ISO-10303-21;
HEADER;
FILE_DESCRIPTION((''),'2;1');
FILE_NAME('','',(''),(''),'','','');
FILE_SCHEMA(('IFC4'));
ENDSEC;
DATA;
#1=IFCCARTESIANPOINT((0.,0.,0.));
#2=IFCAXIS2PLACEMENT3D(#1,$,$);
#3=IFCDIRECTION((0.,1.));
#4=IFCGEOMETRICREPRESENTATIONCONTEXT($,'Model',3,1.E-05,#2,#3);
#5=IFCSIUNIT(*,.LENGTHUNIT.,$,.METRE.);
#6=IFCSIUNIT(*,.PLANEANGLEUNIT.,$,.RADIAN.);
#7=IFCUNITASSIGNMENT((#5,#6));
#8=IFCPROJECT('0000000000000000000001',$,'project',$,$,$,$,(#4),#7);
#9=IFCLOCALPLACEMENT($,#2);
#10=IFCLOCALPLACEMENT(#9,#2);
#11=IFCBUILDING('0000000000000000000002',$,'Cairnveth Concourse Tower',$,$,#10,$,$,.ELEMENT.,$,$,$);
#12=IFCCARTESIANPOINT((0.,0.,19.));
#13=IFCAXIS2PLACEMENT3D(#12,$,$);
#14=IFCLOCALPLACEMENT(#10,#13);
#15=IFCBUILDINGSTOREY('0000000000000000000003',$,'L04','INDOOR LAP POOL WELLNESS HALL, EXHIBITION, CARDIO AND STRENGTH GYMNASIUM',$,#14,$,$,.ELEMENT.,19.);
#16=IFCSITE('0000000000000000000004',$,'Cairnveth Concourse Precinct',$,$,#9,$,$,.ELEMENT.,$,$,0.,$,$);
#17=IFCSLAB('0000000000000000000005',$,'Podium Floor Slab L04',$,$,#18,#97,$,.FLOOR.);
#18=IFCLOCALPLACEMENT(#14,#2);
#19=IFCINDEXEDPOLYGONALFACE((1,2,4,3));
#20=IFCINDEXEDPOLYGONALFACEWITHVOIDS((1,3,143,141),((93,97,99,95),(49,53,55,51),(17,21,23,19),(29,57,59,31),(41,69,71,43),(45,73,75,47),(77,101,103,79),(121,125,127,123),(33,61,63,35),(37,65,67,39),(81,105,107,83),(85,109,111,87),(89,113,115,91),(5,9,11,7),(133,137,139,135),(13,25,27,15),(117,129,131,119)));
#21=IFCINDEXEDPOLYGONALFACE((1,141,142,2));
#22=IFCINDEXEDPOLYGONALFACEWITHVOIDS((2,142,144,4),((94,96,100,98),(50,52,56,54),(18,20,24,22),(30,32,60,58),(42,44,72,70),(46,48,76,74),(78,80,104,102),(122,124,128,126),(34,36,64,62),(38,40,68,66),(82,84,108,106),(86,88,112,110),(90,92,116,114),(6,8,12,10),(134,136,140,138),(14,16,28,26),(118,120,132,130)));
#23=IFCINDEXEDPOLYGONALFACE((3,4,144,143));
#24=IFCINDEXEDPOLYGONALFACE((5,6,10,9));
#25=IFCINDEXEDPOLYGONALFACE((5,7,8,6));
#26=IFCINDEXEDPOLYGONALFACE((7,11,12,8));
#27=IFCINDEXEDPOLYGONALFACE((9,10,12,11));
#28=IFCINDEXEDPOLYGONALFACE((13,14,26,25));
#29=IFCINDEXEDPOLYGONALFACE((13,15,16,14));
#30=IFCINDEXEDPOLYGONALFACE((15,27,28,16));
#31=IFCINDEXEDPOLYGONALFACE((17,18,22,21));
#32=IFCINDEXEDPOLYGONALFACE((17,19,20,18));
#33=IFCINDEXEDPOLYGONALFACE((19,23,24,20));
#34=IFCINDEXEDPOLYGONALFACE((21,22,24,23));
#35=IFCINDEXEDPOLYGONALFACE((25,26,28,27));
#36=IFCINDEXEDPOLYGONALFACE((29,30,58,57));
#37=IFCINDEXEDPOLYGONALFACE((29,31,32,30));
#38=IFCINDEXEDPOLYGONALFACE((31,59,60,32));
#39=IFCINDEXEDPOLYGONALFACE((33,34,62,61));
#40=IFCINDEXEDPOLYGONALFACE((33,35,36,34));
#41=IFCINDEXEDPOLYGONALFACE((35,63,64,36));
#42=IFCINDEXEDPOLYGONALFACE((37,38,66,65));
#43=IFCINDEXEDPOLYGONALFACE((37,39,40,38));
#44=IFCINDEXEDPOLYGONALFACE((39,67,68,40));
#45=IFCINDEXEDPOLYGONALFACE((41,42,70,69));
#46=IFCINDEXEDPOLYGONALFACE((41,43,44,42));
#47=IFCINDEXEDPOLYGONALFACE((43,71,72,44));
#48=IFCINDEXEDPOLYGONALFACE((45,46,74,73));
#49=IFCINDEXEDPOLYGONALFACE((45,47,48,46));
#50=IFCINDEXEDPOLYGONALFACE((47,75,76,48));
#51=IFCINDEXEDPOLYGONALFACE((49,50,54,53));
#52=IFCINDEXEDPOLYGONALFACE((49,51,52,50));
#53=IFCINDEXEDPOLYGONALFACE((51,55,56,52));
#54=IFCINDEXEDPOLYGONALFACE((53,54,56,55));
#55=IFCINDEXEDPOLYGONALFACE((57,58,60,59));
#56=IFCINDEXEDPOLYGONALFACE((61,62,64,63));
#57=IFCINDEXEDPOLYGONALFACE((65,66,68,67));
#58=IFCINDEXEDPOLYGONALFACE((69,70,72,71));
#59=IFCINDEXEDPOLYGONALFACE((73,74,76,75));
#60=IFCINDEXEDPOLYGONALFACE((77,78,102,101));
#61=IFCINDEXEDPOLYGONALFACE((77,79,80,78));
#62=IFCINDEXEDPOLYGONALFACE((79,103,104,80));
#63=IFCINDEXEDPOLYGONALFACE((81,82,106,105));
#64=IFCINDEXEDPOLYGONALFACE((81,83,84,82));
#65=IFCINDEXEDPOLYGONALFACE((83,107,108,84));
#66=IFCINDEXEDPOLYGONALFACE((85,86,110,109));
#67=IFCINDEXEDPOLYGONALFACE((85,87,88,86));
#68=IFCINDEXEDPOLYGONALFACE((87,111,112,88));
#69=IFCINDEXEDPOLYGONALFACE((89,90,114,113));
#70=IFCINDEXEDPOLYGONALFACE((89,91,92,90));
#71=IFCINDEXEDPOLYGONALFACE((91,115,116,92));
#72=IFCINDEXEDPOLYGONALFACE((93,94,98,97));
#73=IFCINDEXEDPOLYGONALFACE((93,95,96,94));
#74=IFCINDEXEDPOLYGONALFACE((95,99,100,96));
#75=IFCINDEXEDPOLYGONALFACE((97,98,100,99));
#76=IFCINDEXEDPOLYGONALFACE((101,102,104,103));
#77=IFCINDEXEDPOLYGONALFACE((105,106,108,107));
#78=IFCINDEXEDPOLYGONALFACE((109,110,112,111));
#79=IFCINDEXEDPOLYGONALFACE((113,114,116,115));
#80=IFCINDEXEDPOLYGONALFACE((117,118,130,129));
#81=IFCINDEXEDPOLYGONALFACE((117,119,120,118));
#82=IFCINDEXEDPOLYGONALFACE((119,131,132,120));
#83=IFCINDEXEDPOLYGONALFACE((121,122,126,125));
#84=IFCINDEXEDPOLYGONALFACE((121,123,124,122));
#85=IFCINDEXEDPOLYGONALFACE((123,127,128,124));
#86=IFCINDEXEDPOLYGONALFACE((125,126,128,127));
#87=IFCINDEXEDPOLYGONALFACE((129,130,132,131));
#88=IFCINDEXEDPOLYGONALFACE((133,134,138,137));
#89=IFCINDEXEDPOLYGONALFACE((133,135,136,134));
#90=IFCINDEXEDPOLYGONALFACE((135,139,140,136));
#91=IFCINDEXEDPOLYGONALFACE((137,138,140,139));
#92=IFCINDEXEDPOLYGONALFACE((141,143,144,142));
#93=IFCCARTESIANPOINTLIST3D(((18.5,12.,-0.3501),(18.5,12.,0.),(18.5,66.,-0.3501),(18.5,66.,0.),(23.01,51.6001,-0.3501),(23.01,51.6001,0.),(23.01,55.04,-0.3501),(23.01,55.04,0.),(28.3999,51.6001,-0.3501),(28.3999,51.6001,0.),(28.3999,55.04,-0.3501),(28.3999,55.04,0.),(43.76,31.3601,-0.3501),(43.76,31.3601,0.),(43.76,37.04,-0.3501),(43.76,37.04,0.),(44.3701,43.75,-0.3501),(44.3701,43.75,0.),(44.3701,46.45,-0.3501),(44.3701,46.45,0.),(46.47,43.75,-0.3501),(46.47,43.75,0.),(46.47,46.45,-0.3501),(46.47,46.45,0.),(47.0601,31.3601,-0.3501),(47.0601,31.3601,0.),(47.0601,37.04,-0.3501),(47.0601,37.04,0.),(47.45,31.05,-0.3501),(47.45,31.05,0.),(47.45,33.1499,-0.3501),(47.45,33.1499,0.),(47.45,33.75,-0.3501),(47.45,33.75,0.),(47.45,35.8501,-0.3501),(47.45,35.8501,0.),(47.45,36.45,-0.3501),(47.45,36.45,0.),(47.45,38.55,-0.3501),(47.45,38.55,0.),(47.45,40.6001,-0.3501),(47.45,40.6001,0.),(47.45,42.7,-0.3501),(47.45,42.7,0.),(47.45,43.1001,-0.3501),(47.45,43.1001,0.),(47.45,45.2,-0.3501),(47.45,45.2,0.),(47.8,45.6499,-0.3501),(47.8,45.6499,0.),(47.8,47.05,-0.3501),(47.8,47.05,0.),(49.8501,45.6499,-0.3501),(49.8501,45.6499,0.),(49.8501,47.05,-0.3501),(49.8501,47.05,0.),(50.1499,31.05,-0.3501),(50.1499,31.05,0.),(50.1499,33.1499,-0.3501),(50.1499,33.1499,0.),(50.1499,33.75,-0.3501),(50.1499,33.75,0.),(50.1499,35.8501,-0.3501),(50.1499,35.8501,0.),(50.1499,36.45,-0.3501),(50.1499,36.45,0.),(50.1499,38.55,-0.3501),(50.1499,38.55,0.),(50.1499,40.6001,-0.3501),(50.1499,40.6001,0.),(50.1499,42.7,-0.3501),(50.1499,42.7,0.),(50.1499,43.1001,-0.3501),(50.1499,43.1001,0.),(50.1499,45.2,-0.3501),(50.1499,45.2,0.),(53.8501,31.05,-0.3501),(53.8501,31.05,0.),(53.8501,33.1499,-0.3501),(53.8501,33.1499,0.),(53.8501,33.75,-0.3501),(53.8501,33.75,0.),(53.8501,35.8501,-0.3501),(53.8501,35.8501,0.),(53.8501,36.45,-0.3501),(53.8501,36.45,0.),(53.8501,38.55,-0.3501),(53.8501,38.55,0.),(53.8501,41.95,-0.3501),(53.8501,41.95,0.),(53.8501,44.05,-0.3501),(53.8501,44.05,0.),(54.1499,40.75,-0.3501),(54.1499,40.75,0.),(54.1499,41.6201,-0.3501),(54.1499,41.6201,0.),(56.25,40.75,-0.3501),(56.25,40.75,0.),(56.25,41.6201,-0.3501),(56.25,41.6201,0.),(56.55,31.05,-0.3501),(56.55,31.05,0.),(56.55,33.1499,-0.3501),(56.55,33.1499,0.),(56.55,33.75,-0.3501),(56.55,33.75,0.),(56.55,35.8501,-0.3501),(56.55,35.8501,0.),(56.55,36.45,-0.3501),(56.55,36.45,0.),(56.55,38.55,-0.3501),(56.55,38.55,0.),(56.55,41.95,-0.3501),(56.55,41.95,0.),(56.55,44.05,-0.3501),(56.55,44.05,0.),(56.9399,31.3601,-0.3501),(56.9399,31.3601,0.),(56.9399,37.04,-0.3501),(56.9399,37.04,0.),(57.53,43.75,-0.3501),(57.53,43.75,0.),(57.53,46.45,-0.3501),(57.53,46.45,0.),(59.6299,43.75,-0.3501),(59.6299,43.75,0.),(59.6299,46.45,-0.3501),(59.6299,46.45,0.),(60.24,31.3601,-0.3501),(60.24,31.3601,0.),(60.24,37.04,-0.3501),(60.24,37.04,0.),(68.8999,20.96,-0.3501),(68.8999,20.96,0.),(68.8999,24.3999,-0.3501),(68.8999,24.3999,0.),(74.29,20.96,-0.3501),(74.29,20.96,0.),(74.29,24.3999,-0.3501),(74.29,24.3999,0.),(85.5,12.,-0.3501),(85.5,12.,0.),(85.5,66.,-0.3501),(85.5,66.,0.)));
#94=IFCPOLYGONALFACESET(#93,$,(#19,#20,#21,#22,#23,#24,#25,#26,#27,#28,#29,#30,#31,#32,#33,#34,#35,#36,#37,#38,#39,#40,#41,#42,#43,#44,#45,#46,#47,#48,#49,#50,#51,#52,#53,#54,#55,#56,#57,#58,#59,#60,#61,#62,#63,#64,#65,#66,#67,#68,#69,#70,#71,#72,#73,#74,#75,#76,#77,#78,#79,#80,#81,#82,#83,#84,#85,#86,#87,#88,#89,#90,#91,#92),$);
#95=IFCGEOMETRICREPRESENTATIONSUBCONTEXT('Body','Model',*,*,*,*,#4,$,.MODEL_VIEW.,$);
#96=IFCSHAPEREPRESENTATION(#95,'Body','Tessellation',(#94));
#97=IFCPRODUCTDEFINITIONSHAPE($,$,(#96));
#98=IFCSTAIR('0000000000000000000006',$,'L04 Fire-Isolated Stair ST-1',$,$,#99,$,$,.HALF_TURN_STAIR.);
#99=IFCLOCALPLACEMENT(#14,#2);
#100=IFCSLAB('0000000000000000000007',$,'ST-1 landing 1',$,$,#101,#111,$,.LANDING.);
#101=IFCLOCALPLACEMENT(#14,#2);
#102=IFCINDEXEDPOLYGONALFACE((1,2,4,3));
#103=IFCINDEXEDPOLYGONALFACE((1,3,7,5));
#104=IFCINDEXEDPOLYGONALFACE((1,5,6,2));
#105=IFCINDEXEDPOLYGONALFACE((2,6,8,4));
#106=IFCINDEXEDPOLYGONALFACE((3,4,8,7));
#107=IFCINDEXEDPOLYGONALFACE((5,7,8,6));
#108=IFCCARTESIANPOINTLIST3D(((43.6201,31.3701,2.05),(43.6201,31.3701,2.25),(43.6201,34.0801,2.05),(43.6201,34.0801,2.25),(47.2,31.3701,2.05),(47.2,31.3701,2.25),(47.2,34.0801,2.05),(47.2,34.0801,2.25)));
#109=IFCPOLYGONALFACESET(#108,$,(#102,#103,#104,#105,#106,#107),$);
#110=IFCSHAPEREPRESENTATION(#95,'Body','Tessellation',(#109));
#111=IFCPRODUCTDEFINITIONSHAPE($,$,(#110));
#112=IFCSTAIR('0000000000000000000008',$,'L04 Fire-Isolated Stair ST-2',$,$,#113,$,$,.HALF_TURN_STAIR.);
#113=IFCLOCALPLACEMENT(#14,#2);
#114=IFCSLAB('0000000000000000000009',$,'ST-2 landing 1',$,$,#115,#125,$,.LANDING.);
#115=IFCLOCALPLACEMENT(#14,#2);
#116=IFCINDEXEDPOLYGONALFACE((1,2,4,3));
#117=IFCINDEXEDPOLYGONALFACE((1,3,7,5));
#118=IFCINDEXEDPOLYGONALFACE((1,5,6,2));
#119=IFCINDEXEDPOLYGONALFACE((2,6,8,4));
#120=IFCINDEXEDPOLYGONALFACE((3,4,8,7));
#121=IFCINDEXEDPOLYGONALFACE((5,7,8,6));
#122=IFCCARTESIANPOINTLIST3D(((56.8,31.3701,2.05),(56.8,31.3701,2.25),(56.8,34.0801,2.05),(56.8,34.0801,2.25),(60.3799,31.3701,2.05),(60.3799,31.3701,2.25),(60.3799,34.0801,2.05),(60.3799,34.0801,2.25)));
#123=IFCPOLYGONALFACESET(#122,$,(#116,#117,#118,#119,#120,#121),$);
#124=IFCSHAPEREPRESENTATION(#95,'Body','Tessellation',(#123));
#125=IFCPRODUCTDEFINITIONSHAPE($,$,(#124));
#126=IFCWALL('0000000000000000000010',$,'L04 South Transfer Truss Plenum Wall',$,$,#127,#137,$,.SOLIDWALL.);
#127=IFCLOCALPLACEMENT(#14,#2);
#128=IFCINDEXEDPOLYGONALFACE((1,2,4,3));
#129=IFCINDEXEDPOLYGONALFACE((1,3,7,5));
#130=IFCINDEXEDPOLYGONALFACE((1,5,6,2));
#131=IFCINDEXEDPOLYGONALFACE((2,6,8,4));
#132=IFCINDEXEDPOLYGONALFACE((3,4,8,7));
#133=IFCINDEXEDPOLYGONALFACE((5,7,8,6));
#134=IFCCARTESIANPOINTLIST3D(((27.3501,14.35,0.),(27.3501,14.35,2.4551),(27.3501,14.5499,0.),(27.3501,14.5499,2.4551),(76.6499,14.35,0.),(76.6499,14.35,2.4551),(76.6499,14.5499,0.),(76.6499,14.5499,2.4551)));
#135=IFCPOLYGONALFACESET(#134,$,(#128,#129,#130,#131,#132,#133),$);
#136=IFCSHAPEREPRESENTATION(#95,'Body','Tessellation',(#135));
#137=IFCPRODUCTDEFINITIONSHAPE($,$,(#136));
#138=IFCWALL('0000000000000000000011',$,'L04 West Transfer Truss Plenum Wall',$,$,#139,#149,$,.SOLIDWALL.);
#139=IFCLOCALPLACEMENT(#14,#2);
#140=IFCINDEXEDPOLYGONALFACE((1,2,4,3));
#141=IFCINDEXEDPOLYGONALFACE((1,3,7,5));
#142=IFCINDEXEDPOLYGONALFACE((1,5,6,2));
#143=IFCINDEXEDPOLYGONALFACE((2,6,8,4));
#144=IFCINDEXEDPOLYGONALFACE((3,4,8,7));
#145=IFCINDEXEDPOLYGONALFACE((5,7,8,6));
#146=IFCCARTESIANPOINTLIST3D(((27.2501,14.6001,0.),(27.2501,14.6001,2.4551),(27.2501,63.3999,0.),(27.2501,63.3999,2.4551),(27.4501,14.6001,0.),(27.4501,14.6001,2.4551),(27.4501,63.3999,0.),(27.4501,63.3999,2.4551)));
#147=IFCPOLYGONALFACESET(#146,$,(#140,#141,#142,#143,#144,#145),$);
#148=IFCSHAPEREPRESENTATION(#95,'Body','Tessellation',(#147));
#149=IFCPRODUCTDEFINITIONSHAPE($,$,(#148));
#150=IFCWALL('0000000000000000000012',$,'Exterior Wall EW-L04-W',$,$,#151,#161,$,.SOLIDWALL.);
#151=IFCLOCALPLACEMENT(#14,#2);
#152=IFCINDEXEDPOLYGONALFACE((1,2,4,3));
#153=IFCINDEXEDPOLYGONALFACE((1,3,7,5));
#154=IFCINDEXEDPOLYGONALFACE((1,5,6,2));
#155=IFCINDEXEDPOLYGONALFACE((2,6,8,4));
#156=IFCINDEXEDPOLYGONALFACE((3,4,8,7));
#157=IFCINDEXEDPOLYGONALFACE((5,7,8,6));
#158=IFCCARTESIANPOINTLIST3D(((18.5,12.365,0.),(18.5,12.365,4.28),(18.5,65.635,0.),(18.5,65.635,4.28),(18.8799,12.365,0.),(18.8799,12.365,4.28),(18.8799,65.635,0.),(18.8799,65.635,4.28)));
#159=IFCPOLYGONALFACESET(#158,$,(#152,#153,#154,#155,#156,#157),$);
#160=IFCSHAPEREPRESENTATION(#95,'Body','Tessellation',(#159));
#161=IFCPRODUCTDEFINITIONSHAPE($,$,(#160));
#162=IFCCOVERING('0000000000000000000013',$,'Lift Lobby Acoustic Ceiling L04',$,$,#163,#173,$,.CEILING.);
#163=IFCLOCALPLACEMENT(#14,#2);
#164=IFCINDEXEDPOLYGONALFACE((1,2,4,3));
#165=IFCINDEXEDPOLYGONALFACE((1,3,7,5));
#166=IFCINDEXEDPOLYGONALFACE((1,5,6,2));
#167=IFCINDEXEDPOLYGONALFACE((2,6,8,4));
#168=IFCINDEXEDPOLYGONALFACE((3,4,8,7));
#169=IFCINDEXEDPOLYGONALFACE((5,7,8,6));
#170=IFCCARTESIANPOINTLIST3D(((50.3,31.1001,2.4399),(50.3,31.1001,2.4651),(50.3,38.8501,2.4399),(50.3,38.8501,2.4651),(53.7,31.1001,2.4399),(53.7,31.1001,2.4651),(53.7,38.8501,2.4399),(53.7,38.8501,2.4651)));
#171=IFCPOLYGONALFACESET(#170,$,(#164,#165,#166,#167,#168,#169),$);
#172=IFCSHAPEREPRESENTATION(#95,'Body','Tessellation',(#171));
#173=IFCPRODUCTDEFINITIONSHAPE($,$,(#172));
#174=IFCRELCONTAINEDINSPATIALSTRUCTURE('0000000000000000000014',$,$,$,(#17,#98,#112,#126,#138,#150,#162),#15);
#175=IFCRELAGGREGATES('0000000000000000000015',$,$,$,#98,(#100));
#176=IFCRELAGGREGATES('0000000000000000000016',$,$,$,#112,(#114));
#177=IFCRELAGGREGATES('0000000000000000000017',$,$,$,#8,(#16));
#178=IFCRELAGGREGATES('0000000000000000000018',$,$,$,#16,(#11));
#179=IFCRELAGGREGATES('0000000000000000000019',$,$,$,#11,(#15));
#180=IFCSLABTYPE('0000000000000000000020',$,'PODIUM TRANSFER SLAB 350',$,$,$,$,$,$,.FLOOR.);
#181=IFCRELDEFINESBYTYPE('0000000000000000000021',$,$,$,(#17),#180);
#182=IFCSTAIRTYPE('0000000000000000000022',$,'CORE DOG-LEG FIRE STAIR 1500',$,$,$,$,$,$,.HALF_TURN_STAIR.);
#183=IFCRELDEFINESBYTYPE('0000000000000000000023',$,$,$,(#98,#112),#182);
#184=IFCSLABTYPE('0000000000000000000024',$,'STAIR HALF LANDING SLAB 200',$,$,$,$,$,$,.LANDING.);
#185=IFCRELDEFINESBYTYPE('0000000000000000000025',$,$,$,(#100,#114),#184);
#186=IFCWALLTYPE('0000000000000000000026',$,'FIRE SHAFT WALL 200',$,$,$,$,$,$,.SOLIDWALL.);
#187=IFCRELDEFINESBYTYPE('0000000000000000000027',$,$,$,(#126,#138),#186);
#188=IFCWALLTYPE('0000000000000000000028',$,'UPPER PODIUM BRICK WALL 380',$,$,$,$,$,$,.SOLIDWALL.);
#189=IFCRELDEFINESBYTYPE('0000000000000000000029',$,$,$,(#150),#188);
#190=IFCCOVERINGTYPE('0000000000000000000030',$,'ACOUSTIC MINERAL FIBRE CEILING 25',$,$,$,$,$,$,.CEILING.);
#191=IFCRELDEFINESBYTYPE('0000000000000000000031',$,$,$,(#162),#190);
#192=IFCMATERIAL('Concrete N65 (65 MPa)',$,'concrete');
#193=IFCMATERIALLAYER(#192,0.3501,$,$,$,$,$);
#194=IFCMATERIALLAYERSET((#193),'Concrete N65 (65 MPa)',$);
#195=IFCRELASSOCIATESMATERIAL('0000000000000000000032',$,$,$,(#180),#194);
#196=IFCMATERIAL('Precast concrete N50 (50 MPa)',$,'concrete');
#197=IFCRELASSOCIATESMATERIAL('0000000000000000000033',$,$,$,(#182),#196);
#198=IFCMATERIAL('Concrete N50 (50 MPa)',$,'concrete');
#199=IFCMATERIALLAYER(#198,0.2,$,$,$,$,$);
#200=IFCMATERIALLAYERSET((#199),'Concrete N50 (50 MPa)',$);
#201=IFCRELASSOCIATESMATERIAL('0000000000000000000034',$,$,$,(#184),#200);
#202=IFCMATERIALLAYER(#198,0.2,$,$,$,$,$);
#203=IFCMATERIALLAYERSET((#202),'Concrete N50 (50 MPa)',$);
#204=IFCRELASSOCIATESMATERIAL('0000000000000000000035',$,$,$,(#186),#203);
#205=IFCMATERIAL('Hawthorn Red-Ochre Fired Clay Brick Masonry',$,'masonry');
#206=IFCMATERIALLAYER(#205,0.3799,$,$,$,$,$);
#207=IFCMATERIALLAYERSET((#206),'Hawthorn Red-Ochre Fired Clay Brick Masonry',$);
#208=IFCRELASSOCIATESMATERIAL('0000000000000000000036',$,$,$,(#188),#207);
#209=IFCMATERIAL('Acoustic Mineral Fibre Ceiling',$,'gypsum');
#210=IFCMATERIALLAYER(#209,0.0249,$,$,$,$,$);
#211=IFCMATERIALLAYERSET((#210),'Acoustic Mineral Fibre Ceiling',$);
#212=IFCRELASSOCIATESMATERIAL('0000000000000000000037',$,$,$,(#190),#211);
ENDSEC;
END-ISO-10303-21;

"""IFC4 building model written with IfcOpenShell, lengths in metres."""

from ifc_helpers import new_model, si_unit, direction, frame, frame_2d, origin, place, context, subcontext, project, spatial, polyline, rectangle, outline, extrude, material, layer, layer_set, type_object, element, aggregate, save


model = new_model("IFC4")

# Units and contexts
model_context = context("Model", 3, precision=1e-05, world=origin(), true_north=direction((0.0, 1.0)))
body_context = subcontext(model_context, "Body", "Model", "MODEL_VIEW")
ifc_project = project(units=[si_unit("LENGTHUNIT", "METRE"), si_unit("PLANEANGLEUNIT", "RADIAN")], contexts=[model_context])

# Site, building, storey
site_placement = place(None, origin())
site = spatial("IfcSite", under=ifc_project, at=site_placement, Name="Cairnveth Concourse Precinct", CompositionType="ELEMENT", RefElevation=0.0)
building_placement = place(site_placement, origin())
building = spatial("IfcBuilding", under=site, at=building_placement, Name="Cairnveth Concourse Tower", CompositionType="ELEMENT")
storey_placement = place(building_placement, frame((0.0, 0.0, 19.0)))
storey = spatial("IfcBuildingStorey", under=building, at=storey_placement, Name="L04", Description="INDOOR LAP POOL WELLNESS HALL, EXHIBITION, CARDIO AND STRENGTH GYMNASIUM", CompositionType="ELEMENT", Elevation=19.0)

# Shared definitions
ifc_material_1 = material(Name="Concrete N65 (65 MPa)", Category="concrete")

# Slab
ifc_layer_1 = layer(ifc_material_1, 0.3501)
ifc_layer_set_1 = layer_set([ifc_layer_1], Name="Concrete N65 (65 MPa)")
slab_type_1 = type_object("IfcSlabType", Name="PODIUM TRANSFER SLAB 350", PredefinedType="FLOOR", material=ifc_layer_set_1)
slab_1_placement = place(storey_placement, frame((0.0, 0.0, -0.3501)))
element("IfcSlab", 1, at=slab_1_placement, inside=storey, type_object=slab_type_1, Name="Podium Floor Slab L04", PredefinedType="FLOOR", context=body_context, shape_type="SweptSolid", body=[
    extrude(outline(polyline([(18.5, 12.0), (85.5, 12.0), (85.5, 66.0), (18.5, 66.0), (18.5, 12.0)]), holes=[polyline([(43.76, 31.3601), (47.0601, 31.3601), (47.0601, 37.04), (43.76, 37.04), (43.76, 31.3601)]), polyline([(56.9399, 31.3601), (60.24, 31.3601), (60.24, 37.04), (56.9399, 37.04), (56.9399, 31.3601)]), polyline([(23.01, 51.6001), (28.3999, 51.6001), (28.3999, 55.04), (23.01, 55.04), (23.01, 51.6001)]), polyline([(74.29, 24.3999), (68.8999, 24.3999), (68.8999, 20.96), (74.29, 20.96), (74.29, 24.3999)]), polyline([(44.3701, 43.75), (46.47, 43.75), (46.47, 46.45), (44.3701, 46.45), (44.3701, 43.75)]), polyline([(57.53, 43.75), (59.6299, 43.75), (59.6299, 46.45), (57.53, 46.45), (57.53, 43.75)]), polyline([(47.45, 31.05), (50.1499, 31.05), (50.1499, 33.1499), (47.45, 33.1499), (47.45, 31.05)]), polyline([(47.45, 33.75), (50.1499, 33.75), (50.1499, 35.8501), (47.45, 35.8501), (47.45, 33.75)]), polyline([(47.45, 36.45), (50.1499, 36.45), (50.1499, 38.55), (47.45, 38.55), (47.45, 36.45)]), polyline([(53.8501, 31.05), (56.55, 31.05), (56.55, 33.1499), (53.8501, 33.1499), (53.8501, 31.05)]), polyline([(53.8501, 33.75), (56.55, 33.75), (56.55, 35.8501), (53.8501, 35.8501), (53.8501, 33.75)]), polyline([(53.8501, 36.45), (56.55, 36.45), (56.55, 38.55), (53.8501, 38.55), (53.8501, 36.45)]), polyline([(47.45, 40.6001), (50.1499, 40.6001), (50.1499, 42.7), (47.45, 42.7), (47.45, 40.6001)]), polyline([(47.45, 43.1001), (50.1499, 43.1001), (50.1499, 45.2), (47.45, 45.2), (47.45, 43.1001)]), polyline([(53.8501, 41.95), (56.55, 41.95), (56.55, 44.05), (53.8501, 44.05), (53.8501, 41.95)]), polyline([(47.8, 45.6499), (49.8501, 45.6499), (49.8501, 47.05), (47.8, 47.05), (47.8, 45.6499)]), polyline([(54.1499, 40.75), (56.25, 40.75), (56.25, 41.6201), (54.1499, 41.6201), (54.1499, 40.75)])]), origin(), (0.0, 0.0, 1.0), 0.3501),
])

# Stairs, slabs
ifc_material_2 = material(Name="Precast concrete N50 (50 MPa)", Category="concrete")
stair_type = type_object("IfcStairType", Name="CORE DOG-LEG FIRE STAIR 1500", PredefinedType="HALF_TURN_STAIR", material=ifc_material_2)
stair_1_placement = place(storey_placement, origin())
stair_1 = element("IfcStair", 2, at=stair_1_placement, inside=storey, type_object=stair_type, Name="L04 Fire-Isolated Stair ST-1", PredefinedType="HALF_TURN_STAIR")
ifc_material_3 = material(Name="Concrete N50 (50 MPa)", Category="concrete")
ifc_layer_2 = layer(ifc_material_3, 0.2)
ifc_layer_set_2 = layer_set([ifc_layer_2], Name="Concrete N50 (50 MPa)")
slab_type_2 = type_object("IfcSlabType", Name="STAIR HALF LANDING SLAB 200", PredefinedType="LANDING", material=ifc_layer_set_2)
slab_2_placement = place(storey_placement, frame((0.0, 0.0, 2.05)))
slab_2 = element("IfcSlab", 3, at=slab_2_placement, type_object=slab_type_2, Name="ST-1 landing 1", PredefinedType="LANDING", context=body_context, shape_type="SweptSolid", body=[
    extrude(outline(polyline([(43.6201, 34.0801), (43.6201, 31.3701), (47.2, 31.3701), (47.2, 34.0801), (43.6201, 34.0801)])), origin(), (0.0, 0.0, 1.0), 0.2),
])
aggregate(stair_1, [slab_2])
stair_2_placement = place(storey_placement, origin())
stair_2 = element("IfcStair", 4, at=stair_2_placement, inside=storey, type_object=stair_type, Name="L04 Fire-Isolated Stair ST-2", PredefinedType="HALF_TURN_STAIR")
slab_3_placement = place(storey_placement, frame((0.0, 0.0, 2.05)))
slab_3 = element("IfcSlab", 5, at=slab_3_placement, type_object=slab_type_2, Name="ST-2 landing 1", PredefinedType="LANDING", context=body_context, shape_type="SweptSolid", body=[
    extrude(outline(polyline([(56.8, 34.0801), (56.8, 31.3701), (60.3799, 31.3701), (60.3799, 34.0801), (56.8, 34.0801)])), origin(), (0.0, 0.0, 1.0), 0.2),
])
aggregate(stair_2, [slab_3])

# Walls
ifc_layer_3 = layer(ifc_material_3, 0.2)
ifc_layer_set_3 = layer_set([ifc_layer_3], Name="Concrete N50 (50 MPa)")
wall_type_1 = type_object("IfcWallType", Name="FIRE SHAFT WALL 200", PredefinedType="SOLIDWALL", material=ifc_layer_set_3)
wall_1_placement = place(storey_placement, frame((27.3501, 14.45, 0.0), z_axis=(0.0, 0.0, 1.0), x_axis=(1.0, 0.0, 0.0)))
element("IfcWall", 6, at=wall_1_placement, inside=storey, type_object=wall_type_1, Name="L04 South Transfer Truss Plenum Wall", PredefinedType="SOLIDWALL", context=body_context, shape_type="SweptSolid", body=[
    extrude(rectangle(XDim=49.2998, YDim=0.2, at=frame_2d((24.6499, 0.0))), origin(), (0.0, 0.0, 1.0), 2.4551),
])
wall_2_placement = place(storey_placement, frame((27.3501, 14.6001, 0.0), z_axis=(0.0, 0.0, 1.0), x_axis=(0.0, 1.0, 0.0)))
element("IfcWall", 7, at=wall_2_placement, inside=storey, type_object=wall_type_1, Name="L04 West Transfer Truss Plenum Wall", PredefinedType="SOLIDWALL", context=body_context, shape_type="SweptSolid", body=[
    extrude(rectangle(XDim=48.7998, YDim=0.2, at=frame_2d((24.3999, 0.0))), origin(), (0.0, 0.0, 1.0), 2.4551),
])
ifc_material_4 = material(Name="Hawthorn Red-Ochre Fired Clay Brick Masonry", Category="masonry")
ifc_layer_4 = layer(ifc_material_4, 0.3799)
ifc_layer_set_4 = layer_set([ifc_layer_4], Name="Hawthorn Red-Ochre Fired Clay Brick Masonry")
wall_type_2 = type_object("IfcWallType", Name="UPPER PODIUM BRICK WALL 380", PredefinedType="SOLIDWALL", material=ifc_layer_set_4)
wall_3_placement = place(storey_placement, frame((18.6899, 12.365, 0.0), z_axis=(0.0, 0.0, 1.0), x_axis=(0.0, 1.0, 0.0)))
element("IfcWall", 8, at=wall_3_placement, inside=storey, type_object=wall_type_2, Name="Exterior Wall EW-L04-W", PredefinedType="SOLIDWALL", context=body_context, shape_type="SweptSolid", body=[
    extrude(rectangle(XDim=53.27, YDim=0.3799, at=frame_2d((26.635, 0.0))), origin(), (0.0, 0.0, 1.0), 4.28),
])

# Covering
ifc_material_5 = material(Name="Acoustic Mineral Fibre Ceiling", Category="gypsum")
ifc_layer_5 = layer(ifc_material_5, 0.0249)
ifc_layer_set_5 = layer_set([ifc_layer_5], Name="Acoustic Mineral Fibre Ceiling")
covering_type_1 = type_object("IfcCoveringType", Name="ACOUSTIC MINERAL FIBRE CEILING 25", PredefinedType="CEILING", material=ifc_layer_set_5)
covering_1_placement = place(storey_placement, frame((0.0, 0.0, 2.4399)))
element("IfcCovering", 9, at=covering_1_placement, inside=storey, type_object=covering_type_1, Name="Lift Lobby Acoustic Ceiling L04", PredefinedType="CEILING", context=body_context, shape_type="SweptSolid", body=[
    extrude(outline(polyline([(50.3, 31.1001), (53.7, 31.1001), (53.7, 38.8501), (50.3, 38.8501), (50.3, 31.1001)])), origin(), (0.0, 0.0, 1.0), 0.0251),
])

save(model, "model.ifc")
